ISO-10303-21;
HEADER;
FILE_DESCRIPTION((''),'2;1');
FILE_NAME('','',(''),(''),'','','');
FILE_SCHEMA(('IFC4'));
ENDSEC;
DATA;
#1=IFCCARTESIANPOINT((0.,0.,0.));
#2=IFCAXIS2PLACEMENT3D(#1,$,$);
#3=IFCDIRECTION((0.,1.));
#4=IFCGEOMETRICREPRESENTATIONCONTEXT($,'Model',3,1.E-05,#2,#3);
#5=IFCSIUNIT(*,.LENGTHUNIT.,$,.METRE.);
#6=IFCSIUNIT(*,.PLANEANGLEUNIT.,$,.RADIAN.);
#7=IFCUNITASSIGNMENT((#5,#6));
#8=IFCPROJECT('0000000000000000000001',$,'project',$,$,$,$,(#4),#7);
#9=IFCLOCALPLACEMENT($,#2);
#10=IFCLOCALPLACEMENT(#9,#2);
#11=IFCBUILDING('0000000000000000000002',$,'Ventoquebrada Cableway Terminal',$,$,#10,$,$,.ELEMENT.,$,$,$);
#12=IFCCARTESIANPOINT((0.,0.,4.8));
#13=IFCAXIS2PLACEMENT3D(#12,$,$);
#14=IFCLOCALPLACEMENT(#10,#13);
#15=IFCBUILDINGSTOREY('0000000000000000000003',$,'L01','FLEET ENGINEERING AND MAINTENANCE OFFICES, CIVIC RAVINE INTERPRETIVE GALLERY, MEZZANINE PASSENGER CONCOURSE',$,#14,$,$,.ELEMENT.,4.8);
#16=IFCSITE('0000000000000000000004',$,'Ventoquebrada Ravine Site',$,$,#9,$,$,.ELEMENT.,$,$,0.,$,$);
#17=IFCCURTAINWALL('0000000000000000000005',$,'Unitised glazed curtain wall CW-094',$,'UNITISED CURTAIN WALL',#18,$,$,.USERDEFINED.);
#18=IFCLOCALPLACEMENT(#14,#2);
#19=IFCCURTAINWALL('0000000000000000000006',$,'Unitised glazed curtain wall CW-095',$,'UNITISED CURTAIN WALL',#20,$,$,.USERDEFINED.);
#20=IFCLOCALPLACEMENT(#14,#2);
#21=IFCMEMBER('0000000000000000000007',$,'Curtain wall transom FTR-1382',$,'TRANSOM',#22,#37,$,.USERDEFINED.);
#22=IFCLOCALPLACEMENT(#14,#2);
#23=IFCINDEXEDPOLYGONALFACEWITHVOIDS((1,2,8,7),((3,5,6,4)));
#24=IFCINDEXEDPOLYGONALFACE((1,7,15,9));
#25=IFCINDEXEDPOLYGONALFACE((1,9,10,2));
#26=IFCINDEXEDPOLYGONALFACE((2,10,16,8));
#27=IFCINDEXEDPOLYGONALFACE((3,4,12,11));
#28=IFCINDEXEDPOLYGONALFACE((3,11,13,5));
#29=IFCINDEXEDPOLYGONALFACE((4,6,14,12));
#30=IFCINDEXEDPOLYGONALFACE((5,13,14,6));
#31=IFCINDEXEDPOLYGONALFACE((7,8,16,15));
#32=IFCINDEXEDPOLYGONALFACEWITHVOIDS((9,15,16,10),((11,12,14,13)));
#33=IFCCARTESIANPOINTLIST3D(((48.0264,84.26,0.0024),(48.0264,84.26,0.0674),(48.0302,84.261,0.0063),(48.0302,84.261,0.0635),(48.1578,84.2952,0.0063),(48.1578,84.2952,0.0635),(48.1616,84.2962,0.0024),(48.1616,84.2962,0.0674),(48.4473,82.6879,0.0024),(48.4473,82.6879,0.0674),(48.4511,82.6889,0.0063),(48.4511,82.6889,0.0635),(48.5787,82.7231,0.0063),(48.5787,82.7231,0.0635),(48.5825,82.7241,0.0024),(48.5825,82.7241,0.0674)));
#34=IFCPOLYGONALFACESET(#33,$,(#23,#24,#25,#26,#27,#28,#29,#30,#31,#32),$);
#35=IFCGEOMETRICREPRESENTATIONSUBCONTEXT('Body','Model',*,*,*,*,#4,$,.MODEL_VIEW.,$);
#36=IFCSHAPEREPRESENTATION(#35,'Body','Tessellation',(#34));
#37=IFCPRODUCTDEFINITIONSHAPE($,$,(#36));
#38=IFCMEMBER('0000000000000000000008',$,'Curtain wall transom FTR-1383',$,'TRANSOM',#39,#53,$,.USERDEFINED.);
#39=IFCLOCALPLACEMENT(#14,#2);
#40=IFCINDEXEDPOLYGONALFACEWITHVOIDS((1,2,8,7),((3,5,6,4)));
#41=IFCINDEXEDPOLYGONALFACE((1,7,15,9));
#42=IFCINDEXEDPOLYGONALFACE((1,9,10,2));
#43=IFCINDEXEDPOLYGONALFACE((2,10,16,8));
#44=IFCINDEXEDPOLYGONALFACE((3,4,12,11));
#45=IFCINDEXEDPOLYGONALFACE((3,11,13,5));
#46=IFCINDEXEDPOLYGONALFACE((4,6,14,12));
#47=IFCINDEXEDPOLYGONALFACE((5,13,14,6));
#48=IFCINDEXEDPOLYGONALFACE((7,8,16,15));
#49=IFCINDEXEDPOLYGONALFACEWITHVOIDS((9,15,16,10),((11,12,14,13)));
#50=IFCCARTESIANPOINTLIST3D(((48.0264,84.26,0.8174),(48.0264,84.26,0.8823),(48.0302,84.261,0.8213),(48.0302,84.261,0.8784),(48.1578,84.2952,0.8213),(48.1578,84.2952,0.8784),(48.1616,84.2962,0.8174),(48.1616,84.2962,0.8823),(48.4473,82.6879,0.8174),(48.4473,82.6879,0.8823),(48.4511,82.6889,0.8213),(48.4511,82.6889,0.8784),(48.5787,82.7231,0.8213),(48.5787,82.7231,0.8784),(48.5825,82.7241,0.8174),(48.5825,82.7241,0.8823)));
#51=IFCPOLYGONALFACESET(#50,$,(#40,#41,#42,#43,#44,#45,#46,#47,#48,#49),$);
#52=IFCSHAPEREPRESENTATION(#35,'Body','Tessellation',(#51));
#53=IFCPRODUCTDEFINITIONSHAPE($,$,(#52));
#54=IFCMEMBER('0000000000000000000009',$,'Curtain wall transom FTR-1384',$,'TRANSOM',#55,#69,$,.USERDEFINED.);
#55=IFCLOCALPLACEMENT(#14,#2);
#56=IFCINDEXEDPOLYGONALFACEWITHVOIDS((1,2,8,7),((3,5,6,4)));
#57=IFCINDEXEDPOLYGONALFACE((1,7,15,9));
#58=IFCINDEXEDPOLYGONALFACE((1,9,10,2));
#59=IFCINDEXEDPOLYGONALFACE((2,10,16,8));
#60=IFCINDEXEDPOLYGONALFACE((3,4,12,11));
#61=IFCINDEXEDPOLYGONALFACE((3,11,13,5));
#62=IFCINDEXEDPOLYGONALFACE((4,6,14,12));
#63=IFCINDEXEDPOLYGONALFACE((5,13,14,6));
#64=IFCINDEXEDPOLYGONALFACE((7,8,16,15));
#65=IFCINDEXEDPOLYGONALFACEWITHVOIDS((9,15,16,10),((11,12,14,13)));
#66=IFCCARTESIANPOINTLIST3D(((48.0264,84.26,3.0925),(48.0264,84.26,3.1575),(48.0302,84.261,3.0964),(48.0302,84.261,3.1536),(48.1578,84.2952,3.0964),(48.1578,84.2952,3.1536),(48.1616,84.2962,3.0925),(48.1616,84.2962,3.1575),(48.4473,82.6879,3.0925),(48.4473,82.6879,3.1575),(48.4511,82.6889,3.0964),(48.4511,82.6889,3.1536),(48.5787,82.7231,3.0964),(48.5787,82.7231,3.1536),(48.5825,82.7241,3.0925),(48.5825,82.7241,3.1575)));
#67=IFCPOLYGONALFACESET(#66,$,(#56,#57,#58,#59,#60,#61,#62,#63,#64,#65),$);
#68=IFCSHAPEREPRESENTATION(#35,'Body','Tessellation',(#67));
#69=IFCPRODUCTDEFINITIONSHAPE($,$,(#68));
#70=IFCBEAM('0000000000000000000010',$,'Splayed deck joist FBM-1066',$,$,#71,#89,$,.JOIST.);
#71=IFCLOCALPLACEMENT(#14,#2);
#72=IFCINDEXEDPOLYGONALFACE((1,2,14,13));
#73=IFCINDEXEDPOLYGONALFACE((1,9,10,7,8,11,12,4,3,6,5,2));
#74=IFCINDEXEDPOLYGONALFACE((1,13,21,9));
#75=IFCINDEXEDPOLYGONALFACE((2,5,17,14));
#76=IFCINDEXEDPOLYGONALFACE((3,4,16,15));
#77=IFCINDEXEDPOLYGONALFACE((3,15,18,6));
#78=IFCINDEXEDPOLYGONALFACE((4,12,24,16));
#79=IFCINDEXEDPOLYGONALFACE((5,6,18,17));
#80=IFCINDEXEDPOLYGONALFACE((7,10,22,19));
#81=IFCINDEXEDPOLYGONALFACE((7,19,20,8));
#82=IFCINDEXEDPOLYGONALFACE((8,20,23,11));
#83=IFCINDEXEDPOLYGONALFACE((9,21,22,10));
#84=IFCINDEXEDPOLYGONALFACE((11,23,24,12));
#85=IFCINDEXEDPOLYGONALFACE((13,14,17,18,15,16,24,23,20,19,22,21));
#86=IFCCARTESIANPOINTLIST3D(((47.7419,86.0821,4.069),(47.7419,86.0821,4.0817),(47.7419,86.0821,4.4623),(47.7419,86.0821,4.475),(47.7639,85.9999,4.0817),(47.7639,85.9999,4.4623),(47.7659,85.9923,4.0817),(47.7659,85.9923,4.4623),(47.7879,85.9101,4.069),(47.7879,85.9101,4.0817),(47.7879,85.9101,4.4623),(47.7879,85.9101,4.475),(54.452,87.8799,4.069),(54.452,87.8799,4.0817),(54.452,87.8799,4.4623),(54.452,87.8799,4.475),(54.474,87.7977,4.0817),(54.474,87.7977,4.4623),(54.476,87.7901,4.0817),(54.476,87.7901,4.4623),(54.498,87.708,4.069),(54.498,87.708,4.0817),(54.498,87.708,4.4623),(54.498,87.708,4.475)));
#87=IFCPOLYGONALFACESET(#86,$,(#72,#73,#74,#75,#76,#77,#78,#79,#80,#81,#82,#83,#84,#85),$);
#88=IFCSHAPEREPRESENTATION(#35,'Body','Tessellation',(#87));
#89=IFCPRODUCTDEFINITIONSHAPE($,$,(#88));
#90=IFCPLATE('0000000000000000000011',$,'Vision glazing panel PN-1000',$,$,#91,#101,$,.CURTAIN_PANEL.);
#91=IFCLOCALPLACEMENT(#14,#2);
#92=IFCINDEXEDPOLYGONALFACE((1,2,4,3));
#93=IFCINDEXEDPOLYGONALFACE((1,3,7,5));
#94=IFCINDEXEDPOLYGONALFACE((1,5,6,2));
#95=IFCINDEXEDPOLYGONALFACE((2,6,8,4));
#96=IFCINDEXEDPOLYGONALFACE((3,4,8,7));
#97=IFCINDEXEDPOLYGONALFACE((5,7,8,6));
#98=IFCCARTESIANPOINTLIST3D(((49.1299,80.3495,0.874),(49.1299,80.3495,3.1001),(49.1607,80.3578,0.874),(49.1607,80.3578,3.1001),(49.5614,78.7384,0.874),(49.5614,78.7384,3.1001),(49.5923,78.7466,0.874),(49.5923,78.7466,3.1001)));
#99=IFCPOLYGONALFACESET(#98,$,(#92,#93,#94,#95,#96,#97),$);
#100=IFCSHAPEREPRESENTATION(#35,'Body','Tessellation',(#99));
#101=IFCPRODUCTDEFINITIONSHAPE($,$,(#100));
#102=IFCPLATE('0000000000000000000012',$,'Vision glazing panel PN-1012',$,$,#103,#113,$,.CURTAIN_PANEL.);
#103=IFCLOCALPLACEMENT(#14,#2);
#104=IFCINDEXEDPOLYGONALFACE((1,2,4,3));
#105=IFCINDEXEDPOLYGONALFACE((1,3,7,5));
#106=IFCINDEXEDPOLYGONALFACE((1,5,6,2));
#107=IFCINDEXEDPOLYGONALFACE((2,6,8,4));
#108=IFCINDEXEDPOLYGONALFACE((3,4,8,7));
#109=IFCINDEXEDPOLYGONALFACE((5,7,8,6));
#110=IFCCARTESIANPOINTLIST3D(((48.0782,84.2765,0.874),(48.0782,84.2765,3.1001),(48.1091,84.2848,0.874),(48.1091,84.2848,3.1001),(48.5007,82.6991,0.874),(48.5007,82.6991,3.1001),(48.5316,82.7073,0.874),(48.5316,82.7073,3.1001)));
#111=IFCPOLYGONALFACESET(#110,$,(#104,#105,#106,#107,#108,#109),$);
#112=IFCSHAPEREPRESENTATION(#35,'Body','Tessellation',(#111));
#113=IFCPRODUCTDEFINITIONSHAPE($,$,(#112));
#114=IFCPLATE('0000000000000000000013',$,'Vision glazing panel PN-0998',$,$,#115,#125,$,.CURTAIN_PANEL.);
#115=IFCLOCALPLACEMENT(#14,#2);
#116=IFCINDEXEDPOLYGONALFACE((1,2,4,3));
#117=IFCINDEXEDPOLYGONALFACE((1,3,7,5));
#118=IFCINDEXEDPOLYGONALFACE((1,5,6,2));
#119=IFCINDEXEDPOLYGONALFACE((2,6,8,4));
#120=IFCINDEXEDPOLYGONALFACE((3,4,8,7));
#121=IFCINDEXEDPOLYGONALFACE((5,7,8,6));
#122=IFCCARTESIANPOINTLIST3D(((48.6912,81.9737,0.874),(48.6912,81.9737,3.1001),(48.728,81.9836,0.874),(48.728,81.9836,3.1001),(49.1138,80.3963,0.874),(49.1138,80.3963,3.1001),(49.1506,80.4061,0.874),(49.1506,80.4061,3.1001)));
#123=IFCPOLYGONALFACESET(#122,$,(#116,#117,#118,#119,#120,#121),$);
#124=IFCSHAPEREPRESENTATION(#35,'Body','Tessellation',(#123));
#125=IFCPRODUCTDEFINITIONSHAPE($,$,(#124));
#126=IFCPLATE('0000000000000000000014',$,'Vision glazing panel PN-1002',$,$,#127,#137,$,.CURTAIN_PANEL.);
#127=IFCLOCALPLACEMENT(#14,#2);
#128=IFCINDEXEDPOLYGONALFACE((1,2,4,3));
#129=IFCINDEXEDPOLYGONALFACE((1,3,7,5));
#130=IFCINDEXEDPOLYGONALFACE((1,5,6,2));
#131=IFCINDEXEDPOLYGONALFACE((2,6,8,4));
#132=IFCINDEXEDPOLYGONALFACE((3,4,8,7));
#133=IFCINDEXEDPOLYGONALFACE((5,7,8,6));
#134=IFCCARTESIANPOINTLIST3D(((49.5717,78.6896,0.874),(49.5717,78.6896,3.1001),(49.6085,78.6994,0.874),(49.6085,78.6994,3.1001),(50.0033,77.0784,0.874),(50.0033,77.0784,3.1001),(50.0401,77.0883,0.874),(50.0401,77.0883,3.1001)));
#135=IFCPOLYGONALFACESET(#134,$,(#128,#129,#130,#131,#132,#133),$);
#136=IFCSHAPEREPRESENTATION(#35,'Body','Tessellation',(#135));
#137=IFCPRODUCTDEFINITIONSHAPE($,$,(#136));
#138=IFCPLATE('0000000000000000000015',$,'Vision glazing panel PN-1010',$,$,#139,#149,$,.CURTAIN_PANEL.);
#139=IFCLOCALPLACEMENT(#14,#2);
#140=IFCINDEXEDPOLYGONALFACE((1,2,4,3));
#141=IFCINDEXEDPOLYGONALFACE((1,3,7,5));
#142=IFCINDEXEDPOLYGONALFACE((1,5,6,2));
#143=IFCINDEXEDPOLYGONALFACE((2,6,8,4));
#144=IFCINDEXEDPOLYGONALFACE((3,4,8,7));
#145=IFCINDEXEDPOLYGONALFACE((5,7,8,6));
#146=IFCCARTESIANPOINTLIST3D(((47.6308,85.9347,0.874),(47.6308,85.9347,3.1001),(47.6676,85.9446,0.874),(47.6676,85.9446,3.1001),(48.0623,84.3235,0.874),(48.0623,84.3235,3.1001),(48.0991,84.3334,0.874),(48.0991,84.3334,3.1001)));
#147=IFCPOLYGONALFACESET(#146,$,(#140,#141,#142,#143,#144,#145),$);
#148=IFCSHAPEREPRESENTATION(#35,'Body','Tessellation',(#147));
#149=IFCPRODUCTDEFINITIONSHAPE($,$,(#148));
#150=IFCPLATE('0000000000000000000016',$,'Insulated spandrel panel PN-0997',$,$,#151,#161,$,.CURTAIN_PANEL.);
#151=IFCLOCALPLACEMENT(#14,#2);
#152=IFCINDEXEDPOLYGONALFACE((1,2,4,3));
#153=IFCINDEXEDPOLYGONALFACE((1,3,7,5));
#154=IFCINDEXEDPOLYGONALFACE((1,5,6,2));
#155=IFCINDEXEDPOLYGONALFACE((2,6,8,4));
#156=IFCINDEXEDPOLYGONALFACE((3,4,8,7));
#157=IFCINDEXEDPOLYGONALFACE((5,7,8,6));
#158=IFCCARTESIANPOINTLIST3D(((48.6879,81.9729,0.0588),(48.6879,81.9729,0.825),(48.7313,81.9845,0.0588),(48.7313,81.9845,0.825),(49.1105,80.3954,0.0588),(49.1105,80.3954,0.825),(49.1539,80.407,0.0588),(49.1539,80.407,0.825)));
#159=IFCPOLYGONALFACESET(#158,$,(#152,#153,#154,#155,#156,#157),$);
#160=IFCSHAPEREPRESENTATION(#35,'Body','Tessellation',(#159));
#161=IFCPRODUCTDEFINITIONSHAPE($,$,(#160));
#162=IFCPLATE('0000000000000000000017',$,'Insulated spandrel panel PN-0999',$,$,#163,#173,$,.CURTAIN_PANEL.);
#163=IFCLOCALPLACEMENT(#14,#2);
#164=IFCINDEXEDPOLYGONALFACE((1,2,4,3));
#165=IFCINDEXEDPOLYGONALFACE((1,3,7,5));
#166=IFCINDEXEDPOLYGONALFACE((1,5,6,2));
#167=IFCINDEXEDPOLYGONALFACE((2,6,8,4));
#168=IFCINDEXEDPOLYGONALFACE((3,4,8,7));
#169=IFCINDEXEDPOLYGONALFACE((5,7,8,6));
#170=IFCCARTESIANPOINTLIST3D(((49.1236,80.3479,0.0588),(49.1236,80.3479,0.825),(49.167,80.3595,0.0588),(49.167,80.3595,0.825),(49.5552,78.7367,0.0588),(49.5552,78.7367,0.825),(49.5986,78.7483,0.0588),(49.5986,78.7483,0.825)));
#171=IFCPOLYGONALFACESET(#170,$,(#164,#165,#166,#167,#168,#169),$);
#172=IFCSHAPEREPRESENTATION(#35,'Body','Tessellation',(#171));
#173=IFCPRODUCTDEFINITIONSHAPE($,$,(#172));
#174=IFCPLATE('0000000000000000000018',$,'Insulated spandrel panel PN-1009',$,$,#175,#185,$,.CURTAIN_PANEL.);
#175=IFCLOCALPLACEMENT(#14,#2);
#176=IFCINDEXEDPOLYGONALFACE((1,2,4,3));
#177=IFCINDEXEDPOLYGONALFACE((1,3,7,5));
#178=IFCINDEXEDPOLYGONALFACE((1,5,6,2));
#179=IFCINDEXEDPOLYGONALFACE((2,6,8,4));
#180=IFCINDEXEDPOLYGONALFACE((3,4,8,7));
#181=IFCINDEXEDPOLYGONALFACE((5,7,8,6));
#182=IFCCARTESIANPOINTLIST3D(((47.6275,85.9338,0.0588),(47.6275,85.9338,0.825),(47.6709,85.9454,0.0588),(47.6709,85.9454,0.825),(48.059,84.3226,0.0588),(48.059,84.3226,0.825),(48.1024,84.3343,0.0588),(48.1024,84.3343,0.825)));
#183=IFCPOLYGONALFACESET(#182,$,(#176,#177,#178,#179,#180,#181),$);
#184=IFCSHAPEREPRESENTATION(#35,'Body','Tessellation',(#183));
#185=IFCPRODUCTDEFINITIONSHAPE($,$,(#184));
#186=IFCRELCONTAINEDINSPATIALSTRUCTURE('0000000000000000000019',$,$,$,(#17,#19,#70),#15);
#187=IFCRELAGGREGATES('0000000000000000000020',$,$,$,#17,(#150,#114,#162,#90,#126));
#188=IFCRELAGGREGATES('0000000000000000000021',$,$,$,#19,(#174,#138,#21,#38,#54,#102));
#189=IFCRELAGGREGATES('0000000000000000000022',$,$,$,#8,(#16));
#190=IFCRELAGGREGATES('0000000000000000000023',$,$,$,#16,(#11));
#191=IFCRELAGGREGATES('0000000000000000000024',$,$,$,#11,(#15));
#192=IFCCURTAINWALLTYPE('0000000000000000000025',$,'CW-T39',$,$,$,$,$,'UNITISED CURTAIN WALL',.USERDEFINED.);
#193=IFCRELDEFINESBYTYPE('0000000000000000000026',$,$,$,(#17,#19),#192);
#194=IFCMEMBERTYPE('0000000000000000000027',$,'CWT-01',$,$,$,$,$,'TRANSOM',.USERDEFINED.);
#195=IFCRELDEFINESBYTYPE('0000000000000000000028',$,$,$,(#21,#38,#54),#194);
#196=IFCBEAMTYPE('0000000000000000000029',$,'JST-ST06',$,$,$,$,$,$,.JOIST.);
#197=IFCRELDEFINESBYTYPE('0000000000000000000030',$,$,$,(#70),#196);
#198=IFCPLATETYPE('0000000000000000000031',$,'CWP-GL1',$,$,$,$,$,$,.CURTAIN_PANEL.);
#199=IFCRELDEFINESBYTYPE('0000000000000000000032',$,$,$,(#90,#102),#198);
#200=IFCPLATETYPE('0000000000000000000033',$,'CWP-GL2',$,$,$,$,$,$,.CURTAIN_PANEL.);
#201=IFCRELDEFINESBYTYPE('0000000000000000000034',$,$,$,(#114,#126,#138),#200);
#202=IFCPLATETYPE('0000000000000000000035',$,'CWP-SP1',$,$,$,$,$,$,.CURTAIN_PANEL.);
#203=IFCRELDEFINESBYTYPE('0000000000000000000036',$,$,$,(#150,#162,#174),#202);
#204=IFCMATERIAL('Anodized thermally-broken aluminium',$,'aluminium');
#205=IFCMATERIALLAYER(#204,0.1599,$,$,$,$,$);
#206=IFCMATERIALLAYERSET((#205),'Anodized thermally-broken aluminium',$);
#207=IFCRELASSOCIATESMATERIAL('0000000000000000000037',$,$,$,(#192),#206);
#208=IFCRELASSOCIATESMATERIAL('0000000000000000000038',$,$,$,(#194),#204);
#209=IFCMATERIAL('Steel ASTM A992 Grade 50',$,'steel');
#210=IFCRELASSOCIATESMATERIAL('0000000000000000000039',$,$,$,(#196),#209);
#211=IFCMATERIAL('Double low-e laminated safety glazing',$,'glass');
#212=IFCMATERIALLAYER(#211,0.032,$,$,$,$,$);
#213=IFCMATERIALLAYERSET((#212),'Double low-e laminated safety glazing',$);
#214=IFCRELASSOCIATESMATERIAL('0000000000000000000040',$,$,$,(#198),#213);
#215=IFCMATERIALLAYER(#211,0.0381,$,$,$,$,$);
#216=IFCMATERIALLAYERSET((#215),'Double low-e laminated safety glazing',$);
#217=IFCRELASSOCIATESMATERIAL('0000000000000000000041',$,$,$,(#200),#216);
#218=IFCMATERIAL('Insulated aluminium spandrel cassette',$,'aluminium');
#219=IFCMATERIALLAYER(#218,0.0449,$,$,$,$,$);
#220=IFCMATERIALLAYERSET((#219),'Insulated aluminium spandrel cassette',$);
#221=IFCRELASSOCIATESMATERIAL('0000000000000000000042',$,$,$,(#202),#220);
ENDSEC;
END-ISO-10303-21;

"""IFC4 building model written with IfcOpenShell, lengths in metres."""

from ifc_helpers import new_model, si_unit, direction, frame, origin, origin_2d, place, context, subcontext, project, spatial, rectangle, hollow_rectangle, i_section, extrude, material, layer, layer_set, material_profile, profile_set, type_object, element, aggregate, save


model = new_model("IFC4")

# Units and contexts
model_context = context("Model", 3, precision=1e-05, world=origin(), true_north=direction((0.0, 1.0)))
body_context = subcontext(model_context, "Body", "Model", "MODEL_VIEW")
ifc_project = project(units=[si_unit("LENGTHUNIT", "METRE"), si_unit("PLANEANGLEUNIT", "RADIAN")], contexts=[model_context])

# Site, building, storey
site_placement = place(None, origin())
site = spatial("IfcSite", under=ifc_project, at=site_placement, Name="Ventoquebrada Ravine Site", CompositionType="ELEMENT", RefElevation=0.0)
building_placement = place(site_placement, origin())
building = spatial("IfcBuilding", under=site, at=building_placement, Name="Ventoquebrada Cableway Terminal", CompositionType="ELEMENT")
storey_placement = place(building_placement, frame((0.0, 0.0, 4.8)))
storey = spatial("IfcBuildingStorey", under=building, at=storey_placement, Name="L01", Description="FLEET ENGINEERING AND MAINTENANCE OFFICES, CIVIC RAVINE INTERPRETIVE GALLERY, MEZZANINE PASSENGER CONCOURSE", CompositionType="ELEMENT", Elevation=4.8)

# Shared definitions
ifc_material_1 = material(Name="Steel ASTM A992 Grade 50", Category="steel")

# Curtain walls
ifc_material_2 = material(Name="Anodized thermally-broken aluminium", Category="aluminium")
ifc_layer_1 = layer(ifc_material_2, 0.1599)
ifc_layer_set_1 = layer_set([ifc_layer_1], Name="Anodized thermally-broken aluminium")
curtain_wall_type = type_object("IfcCurtainWallType", Name="CW-T39", ElementType="UNITISED CURTAIN WALL", PredefinedType="USERDEFINED", material=ifc_layer_set_1)
curtain_wall_1_placement = place(storey_placement, origin())
curtain_wall_1 = element("IfcCurtainWall", 1, at=curtain_wall_1_placement, inside=storey, type_object=curtain_wall_type, Name="Unitised glazed curtain wall CW-094", ObjectType="UNITISED CURTAIN WALL", PredefinedType="USERDEFINED")
curtain_wall_2_placement = place(storey_placement, origin())
curtain_wall_2 = element("IfcCurtainWall", 2, at=curtain_wall_2_placement, inside=storey, type_object=curtain_wall_type, Name="Unitised glazed curtain wall CW-095", ObjectType="UNITISED CURTAIN WALL", PredefinedType="USERDEFINED")

# Members
ifc_material_profile_1 = material_profile(ifc_material_2, hollow_rectangle(XDim=0.0649, YDim=0.1399, WallThickness=0.0039, at=origin_2d()), Name="CW-TRN-65X140")
ifc_profile_set_1 = profile_set([ifc_material_profile_1], Name="Anodized thermally-broken aluminium")
member_type_1 = type_object("IfcMemberType", Name="CWT-01", ElementType="TRANSOM", PredefinedType="USERDEFINED", material=ifc_profile_set_1)
member_1_placement = place(storey_placement, frame((48.094, 84.2781, 0.0349), z_axis=(0.258634, -0.965975, 0.0), x_axis=(0.0, 0.0, 1.0)))
member_1 = element("IfcMember", 3, at=member_1_placement, type_object=member_type_1, Name="Curtain wall transom FTR-1382", ObjectType="TRANSOM", PredefinedType="USERDEFINED", context=body_context, shape_type="SweptSolid", body=[
    extrude(hollow_rectangle(XDim=0.0649, YDim=0.1399, WallThickness=0.0039, at=origin_2d()), origin(), (0.0, 0.0, 1.0), 1.6274),
])
member_2_placement = place(storey_placement, frame((48.094, 84.2781, 0.8499), z_axis=(0.258634, -0.965975, 0.0), x_axis=(0.0, 0.0, 1.0)))
member_2 = element("IfcMember", 4, at=member_2_placement, type_object=member_type_1, Name="Curtain wall transom FTR-1383", ObjectType="TRANSOM", PredefinedType="USERDEFINED", context=body_context, shape_type="SweptSolid", body=[
    extrude(hollow_rectangle(XDim=0.0649, YDim=0.1399, WallThickness=0.0039, at=origin_2d()), origin(), (0.0, 0.0, 1.0), 1.6274),
])
member_3_placement = place(storey_placement, frame((48.094, 84.2781, 3.125), z_axis=(0.258634, -0.965975, 0.0), x_axis=(0.0, 0.0, 1.0)))
member_3 = element("IfcMember", 5, at=member_3_placement, type_object=member_type_1, Name="Curtain wall transom FTR-1384", ObjectType="TRANSOM", PredefinedType="USERDEFINED", context=body_context, shape_type="SweptSolid", body=[
    extrude(hollow_rectangle(XDim=0.0649, YDim=0.1399, WallThickness=0.0039, at=origin_2d()), origin(), (0.0, 0.0, 1.0), 1.6274),
])

# Beam
ifc_material_profile_2 = material_profile(ifc_material_1, i_section(OverallWidth=0.178, OverallDepth=0.406, WebThickness=0.0078, FlangeThickness=0.0127, at=origin_2d()), Name="W16X40")
ifc_profile_set_2 = profile_set([ifc_material_profile_2], Name="Steel ASTM A992 Grade 50")
beam_type_1 = type_object("IfcBeamType", Name="JST-ST06", PredefinedType="JOIST", material=ifc_profile_set_2)
beam_1_placement = place(storey_placement, frame((47.7649, 85.9961, 4.272), z_axis=(0.965931, 0.2588, 0.0), x_axis=(-0.2588, 0.965931, 0.0)))
element("IfcBeam", 6, at=beam_1_placement, inside=storey, type_object=beam_type_1, Name="Splayed deck joist FBM-1066", PredefinedType="JOIST", context=body_context, shape_type="SweptSolid", body=[
    extrude(i_section(OverallWidth=0.178, OverallDepth=0.406, WebThickness=0.0078, FlangeThickness=0.0127, at=origin_2d()), origin(), (0.0, 0.0, 1.0), 6.9468),
])

# Plates
ifc_material_3 = material(Name="Double low-e laminated safety glazing", Category="glass")
ifc_layer_2 = layer(ifc_material_3, 0.032)
ifc_layer_set_2 = layer_set([ifc_layer_2], Name="Double low-e laminated safety glazing")
plate_type_1 = type_object("IfcPlateType", Name="CWP-GL1", PredefinedType="CURTAIN_PANEL", material=ifc_layer_set_2)
plate_1_placement = place(storey_placement, frame((49.3611, 79.5481, 0.874), z_axis=(0.0, 0.0, 1.0), x_axis=(0.258735, -0.965948, 0.0)))
plate_1 = element("IfcPlate", 7, at=plate_1_placement, type_object=plate_type_1, Name="Vision glazing panel PN-1000", PredefinedType="CURTAIN_PANEL", context=body_context, shape_type="SweptSolid", body=[
    extrude(rectangle(XDim=1.668, YDim=0.032, at=origin_2d()), origin(), (0.0, 0.0, 1.0), 2.2261),
])
plate_2_placement = place(storey_placement, frame((48.3049, 83.4919, 0.874), z_axis=(0.0, 0.0, 1.0), x_axis=(0.258701, -0.965957, 0.0)))
plate_2 = element("IfcPlate", 8, at=plate_2_placement, type_object=plate_type_1, Name="Vision glazing panel PN-1012", PredefinedType="CURTAIN_PANEL", context=body_context, shape_type="SweptSolid", body=[
    extrude(rectangle(XDim=1.6331, YDim=0.032, at=origin_2d()), origin(), (0.0, 0.0, 1.0), 2.2261),
])
ifc_layer_3 = layer(ifc_material_3, 0.0381)
ifc_layer_set_3 = layer_set([ifc_layer_3], Name="Double low-e laminated safety glazing")
plate_type_2 = type_object("IfcPlateType", Name="CWP-GL2", PredefinedType="CURTAIN_PANEL", material=ifc_layer_set_3)
plate_3_placement = place(storey_placement, frame((48.9209, 81.1899, 0.874), z_axis=(0.0, 0.0, 1.0), x_axis=(0.258735, -0.965948, 0.0)))
plate_3 = element("IfcPlate", 9, at=plate_3_placement, type_object=plate_type_2, Name="Vision glazing panel PN-0998", PredefinedType="CURTAIN_PANEL", context=body_context, shape_type="SweptSolid", body=[
    extrude(rectangle(XDim=1.6331, YDim=0.0381, at=origin_2d()), origin(), (0.0, 0.0, 1.0), 2.2261),
])
plate_4_placement = place(storey_placement, frame((49.8059, 77.8889, 0.874), z_axis=(0.0, 0.0, 1.0), x_axis=(0.258735, -0.965948, 0.0)))
plate_4 = element("IfcPlate", 10, at=plate_4_placement, type_object=plate_type_2, Name="Vision glazing panel PN-1002", PredefinedType="CURTAIN_PANEL", context=body_context, shape_type="SweptSolid", body=[
    extrude(rectangle(XDim=1.668, YDim=0.0381, at=origin_2d()), origin(), (0.0, 0.0, 1.0), 2.2261),
])
plate_5_placement = place(storey_placement, frame((47.865, 85.134, 0.874), z_axis=(0.0, 0.0, 1.0), x_axis=(0.258701, -0.965957, 0.0)))
plate_5 = element("IfcPlate", 11, at=plate_5_placement, type_object=plate_type_2, Name="Vision glazing panel PN-1010", PredefinedType="CURTAIN_PANEL", context=body_context, shape_type="SweptSolid", body=[
    extrude(rectangle(XDim=1.668, YDim=0.0381, at=origin_2d()), origin(), (0.0, 0.0, 1.0), 2.2261),
])
ifc_material_4 = material(Name="Insulated aluminium spandrel cassette", Category="aluminium")
ifc_layer_4 = layer(ifc_material_4, 0.0449)
ifc_layer_set_4 = layer_set([ifc_layer_4], Name="Insulated aluminium spandrel cassette")
plate_type_3 = type_object("IfcPlateType", Name="CWP-SP1", PredefinedType="CURTAIN_PANEL", material=ifc_layer_set_4)
plate_6_placement = place(storey_placement, frame((48.9209, 81.1899, 0.0588), z_axis=(0.0, 0.0, 1.0), x_axis=(0.258735, -0.965948, 0.0)))
plate_6 = element("IfcPlate", 12, at=plate_6_placement, type_object=plate_type_3, Name="Insulated spandrel panel PN-0997", PredefinedType="CURTAIN_PANEL", context=body_context, shape_type="SweptSolid", body=[
    extrude(rectangle(XDim=1.6331, YDim=0.0449, at=origin_2d()), origin(), (0.0, 0.0, 1.0), 0.7661),
])
plate_7_placement = place(storey_placement, frame((49.3611, 79.5481, 0.0588), z_axis=(0.0, 0.0, 1.0), x_axis=(0.258735, -0.965948, 0.0)))
plate_7 = element("IfcPlate", 13, at=plate_7_placement, type_object=plate_type_3, Name="Insulated spandrel panel PN-0999", PredefinedType="CURTAIN_PANEL", context=body_context, shape_type="SweptSolid", body=[
    extrude(rectangle(XDim=1.668, YDim=0.0449, at=origin_2d()), origin(), (0.0, 0.0, 1.0), 0.7661),
])
aggregate(curtain_wall_1, [plate_6, plate_3, plate_7, plate_1, plate_4])
plate_8_placement = place(storey_placement, frame((47.865, 85.134, 0.0588), z_axis=(0.0, 0.0, 1.0), x_axis=(0.258701, -0.965957, 0.0)))
plate_8 = element("IfcPlate", 14, at=plate_8_placement, type_object=plate_type_3, Name="Insulated spandrel panel PN-1009", PredefinedType="CURTAIN_PANEL", context=body_context, shape_type="SweptSolid", body=[
    extrude(rectangle(XDim=1.668, YDim=0.0449, at=origin_2d()), origin(), (0.0, 0.0, 1.0), 0.7661),
])
aggregate(curtain_wall_2, [plate_8, plate_5, member_1, member_2, member_3, plate_2])

save(model, "model.ifc")
